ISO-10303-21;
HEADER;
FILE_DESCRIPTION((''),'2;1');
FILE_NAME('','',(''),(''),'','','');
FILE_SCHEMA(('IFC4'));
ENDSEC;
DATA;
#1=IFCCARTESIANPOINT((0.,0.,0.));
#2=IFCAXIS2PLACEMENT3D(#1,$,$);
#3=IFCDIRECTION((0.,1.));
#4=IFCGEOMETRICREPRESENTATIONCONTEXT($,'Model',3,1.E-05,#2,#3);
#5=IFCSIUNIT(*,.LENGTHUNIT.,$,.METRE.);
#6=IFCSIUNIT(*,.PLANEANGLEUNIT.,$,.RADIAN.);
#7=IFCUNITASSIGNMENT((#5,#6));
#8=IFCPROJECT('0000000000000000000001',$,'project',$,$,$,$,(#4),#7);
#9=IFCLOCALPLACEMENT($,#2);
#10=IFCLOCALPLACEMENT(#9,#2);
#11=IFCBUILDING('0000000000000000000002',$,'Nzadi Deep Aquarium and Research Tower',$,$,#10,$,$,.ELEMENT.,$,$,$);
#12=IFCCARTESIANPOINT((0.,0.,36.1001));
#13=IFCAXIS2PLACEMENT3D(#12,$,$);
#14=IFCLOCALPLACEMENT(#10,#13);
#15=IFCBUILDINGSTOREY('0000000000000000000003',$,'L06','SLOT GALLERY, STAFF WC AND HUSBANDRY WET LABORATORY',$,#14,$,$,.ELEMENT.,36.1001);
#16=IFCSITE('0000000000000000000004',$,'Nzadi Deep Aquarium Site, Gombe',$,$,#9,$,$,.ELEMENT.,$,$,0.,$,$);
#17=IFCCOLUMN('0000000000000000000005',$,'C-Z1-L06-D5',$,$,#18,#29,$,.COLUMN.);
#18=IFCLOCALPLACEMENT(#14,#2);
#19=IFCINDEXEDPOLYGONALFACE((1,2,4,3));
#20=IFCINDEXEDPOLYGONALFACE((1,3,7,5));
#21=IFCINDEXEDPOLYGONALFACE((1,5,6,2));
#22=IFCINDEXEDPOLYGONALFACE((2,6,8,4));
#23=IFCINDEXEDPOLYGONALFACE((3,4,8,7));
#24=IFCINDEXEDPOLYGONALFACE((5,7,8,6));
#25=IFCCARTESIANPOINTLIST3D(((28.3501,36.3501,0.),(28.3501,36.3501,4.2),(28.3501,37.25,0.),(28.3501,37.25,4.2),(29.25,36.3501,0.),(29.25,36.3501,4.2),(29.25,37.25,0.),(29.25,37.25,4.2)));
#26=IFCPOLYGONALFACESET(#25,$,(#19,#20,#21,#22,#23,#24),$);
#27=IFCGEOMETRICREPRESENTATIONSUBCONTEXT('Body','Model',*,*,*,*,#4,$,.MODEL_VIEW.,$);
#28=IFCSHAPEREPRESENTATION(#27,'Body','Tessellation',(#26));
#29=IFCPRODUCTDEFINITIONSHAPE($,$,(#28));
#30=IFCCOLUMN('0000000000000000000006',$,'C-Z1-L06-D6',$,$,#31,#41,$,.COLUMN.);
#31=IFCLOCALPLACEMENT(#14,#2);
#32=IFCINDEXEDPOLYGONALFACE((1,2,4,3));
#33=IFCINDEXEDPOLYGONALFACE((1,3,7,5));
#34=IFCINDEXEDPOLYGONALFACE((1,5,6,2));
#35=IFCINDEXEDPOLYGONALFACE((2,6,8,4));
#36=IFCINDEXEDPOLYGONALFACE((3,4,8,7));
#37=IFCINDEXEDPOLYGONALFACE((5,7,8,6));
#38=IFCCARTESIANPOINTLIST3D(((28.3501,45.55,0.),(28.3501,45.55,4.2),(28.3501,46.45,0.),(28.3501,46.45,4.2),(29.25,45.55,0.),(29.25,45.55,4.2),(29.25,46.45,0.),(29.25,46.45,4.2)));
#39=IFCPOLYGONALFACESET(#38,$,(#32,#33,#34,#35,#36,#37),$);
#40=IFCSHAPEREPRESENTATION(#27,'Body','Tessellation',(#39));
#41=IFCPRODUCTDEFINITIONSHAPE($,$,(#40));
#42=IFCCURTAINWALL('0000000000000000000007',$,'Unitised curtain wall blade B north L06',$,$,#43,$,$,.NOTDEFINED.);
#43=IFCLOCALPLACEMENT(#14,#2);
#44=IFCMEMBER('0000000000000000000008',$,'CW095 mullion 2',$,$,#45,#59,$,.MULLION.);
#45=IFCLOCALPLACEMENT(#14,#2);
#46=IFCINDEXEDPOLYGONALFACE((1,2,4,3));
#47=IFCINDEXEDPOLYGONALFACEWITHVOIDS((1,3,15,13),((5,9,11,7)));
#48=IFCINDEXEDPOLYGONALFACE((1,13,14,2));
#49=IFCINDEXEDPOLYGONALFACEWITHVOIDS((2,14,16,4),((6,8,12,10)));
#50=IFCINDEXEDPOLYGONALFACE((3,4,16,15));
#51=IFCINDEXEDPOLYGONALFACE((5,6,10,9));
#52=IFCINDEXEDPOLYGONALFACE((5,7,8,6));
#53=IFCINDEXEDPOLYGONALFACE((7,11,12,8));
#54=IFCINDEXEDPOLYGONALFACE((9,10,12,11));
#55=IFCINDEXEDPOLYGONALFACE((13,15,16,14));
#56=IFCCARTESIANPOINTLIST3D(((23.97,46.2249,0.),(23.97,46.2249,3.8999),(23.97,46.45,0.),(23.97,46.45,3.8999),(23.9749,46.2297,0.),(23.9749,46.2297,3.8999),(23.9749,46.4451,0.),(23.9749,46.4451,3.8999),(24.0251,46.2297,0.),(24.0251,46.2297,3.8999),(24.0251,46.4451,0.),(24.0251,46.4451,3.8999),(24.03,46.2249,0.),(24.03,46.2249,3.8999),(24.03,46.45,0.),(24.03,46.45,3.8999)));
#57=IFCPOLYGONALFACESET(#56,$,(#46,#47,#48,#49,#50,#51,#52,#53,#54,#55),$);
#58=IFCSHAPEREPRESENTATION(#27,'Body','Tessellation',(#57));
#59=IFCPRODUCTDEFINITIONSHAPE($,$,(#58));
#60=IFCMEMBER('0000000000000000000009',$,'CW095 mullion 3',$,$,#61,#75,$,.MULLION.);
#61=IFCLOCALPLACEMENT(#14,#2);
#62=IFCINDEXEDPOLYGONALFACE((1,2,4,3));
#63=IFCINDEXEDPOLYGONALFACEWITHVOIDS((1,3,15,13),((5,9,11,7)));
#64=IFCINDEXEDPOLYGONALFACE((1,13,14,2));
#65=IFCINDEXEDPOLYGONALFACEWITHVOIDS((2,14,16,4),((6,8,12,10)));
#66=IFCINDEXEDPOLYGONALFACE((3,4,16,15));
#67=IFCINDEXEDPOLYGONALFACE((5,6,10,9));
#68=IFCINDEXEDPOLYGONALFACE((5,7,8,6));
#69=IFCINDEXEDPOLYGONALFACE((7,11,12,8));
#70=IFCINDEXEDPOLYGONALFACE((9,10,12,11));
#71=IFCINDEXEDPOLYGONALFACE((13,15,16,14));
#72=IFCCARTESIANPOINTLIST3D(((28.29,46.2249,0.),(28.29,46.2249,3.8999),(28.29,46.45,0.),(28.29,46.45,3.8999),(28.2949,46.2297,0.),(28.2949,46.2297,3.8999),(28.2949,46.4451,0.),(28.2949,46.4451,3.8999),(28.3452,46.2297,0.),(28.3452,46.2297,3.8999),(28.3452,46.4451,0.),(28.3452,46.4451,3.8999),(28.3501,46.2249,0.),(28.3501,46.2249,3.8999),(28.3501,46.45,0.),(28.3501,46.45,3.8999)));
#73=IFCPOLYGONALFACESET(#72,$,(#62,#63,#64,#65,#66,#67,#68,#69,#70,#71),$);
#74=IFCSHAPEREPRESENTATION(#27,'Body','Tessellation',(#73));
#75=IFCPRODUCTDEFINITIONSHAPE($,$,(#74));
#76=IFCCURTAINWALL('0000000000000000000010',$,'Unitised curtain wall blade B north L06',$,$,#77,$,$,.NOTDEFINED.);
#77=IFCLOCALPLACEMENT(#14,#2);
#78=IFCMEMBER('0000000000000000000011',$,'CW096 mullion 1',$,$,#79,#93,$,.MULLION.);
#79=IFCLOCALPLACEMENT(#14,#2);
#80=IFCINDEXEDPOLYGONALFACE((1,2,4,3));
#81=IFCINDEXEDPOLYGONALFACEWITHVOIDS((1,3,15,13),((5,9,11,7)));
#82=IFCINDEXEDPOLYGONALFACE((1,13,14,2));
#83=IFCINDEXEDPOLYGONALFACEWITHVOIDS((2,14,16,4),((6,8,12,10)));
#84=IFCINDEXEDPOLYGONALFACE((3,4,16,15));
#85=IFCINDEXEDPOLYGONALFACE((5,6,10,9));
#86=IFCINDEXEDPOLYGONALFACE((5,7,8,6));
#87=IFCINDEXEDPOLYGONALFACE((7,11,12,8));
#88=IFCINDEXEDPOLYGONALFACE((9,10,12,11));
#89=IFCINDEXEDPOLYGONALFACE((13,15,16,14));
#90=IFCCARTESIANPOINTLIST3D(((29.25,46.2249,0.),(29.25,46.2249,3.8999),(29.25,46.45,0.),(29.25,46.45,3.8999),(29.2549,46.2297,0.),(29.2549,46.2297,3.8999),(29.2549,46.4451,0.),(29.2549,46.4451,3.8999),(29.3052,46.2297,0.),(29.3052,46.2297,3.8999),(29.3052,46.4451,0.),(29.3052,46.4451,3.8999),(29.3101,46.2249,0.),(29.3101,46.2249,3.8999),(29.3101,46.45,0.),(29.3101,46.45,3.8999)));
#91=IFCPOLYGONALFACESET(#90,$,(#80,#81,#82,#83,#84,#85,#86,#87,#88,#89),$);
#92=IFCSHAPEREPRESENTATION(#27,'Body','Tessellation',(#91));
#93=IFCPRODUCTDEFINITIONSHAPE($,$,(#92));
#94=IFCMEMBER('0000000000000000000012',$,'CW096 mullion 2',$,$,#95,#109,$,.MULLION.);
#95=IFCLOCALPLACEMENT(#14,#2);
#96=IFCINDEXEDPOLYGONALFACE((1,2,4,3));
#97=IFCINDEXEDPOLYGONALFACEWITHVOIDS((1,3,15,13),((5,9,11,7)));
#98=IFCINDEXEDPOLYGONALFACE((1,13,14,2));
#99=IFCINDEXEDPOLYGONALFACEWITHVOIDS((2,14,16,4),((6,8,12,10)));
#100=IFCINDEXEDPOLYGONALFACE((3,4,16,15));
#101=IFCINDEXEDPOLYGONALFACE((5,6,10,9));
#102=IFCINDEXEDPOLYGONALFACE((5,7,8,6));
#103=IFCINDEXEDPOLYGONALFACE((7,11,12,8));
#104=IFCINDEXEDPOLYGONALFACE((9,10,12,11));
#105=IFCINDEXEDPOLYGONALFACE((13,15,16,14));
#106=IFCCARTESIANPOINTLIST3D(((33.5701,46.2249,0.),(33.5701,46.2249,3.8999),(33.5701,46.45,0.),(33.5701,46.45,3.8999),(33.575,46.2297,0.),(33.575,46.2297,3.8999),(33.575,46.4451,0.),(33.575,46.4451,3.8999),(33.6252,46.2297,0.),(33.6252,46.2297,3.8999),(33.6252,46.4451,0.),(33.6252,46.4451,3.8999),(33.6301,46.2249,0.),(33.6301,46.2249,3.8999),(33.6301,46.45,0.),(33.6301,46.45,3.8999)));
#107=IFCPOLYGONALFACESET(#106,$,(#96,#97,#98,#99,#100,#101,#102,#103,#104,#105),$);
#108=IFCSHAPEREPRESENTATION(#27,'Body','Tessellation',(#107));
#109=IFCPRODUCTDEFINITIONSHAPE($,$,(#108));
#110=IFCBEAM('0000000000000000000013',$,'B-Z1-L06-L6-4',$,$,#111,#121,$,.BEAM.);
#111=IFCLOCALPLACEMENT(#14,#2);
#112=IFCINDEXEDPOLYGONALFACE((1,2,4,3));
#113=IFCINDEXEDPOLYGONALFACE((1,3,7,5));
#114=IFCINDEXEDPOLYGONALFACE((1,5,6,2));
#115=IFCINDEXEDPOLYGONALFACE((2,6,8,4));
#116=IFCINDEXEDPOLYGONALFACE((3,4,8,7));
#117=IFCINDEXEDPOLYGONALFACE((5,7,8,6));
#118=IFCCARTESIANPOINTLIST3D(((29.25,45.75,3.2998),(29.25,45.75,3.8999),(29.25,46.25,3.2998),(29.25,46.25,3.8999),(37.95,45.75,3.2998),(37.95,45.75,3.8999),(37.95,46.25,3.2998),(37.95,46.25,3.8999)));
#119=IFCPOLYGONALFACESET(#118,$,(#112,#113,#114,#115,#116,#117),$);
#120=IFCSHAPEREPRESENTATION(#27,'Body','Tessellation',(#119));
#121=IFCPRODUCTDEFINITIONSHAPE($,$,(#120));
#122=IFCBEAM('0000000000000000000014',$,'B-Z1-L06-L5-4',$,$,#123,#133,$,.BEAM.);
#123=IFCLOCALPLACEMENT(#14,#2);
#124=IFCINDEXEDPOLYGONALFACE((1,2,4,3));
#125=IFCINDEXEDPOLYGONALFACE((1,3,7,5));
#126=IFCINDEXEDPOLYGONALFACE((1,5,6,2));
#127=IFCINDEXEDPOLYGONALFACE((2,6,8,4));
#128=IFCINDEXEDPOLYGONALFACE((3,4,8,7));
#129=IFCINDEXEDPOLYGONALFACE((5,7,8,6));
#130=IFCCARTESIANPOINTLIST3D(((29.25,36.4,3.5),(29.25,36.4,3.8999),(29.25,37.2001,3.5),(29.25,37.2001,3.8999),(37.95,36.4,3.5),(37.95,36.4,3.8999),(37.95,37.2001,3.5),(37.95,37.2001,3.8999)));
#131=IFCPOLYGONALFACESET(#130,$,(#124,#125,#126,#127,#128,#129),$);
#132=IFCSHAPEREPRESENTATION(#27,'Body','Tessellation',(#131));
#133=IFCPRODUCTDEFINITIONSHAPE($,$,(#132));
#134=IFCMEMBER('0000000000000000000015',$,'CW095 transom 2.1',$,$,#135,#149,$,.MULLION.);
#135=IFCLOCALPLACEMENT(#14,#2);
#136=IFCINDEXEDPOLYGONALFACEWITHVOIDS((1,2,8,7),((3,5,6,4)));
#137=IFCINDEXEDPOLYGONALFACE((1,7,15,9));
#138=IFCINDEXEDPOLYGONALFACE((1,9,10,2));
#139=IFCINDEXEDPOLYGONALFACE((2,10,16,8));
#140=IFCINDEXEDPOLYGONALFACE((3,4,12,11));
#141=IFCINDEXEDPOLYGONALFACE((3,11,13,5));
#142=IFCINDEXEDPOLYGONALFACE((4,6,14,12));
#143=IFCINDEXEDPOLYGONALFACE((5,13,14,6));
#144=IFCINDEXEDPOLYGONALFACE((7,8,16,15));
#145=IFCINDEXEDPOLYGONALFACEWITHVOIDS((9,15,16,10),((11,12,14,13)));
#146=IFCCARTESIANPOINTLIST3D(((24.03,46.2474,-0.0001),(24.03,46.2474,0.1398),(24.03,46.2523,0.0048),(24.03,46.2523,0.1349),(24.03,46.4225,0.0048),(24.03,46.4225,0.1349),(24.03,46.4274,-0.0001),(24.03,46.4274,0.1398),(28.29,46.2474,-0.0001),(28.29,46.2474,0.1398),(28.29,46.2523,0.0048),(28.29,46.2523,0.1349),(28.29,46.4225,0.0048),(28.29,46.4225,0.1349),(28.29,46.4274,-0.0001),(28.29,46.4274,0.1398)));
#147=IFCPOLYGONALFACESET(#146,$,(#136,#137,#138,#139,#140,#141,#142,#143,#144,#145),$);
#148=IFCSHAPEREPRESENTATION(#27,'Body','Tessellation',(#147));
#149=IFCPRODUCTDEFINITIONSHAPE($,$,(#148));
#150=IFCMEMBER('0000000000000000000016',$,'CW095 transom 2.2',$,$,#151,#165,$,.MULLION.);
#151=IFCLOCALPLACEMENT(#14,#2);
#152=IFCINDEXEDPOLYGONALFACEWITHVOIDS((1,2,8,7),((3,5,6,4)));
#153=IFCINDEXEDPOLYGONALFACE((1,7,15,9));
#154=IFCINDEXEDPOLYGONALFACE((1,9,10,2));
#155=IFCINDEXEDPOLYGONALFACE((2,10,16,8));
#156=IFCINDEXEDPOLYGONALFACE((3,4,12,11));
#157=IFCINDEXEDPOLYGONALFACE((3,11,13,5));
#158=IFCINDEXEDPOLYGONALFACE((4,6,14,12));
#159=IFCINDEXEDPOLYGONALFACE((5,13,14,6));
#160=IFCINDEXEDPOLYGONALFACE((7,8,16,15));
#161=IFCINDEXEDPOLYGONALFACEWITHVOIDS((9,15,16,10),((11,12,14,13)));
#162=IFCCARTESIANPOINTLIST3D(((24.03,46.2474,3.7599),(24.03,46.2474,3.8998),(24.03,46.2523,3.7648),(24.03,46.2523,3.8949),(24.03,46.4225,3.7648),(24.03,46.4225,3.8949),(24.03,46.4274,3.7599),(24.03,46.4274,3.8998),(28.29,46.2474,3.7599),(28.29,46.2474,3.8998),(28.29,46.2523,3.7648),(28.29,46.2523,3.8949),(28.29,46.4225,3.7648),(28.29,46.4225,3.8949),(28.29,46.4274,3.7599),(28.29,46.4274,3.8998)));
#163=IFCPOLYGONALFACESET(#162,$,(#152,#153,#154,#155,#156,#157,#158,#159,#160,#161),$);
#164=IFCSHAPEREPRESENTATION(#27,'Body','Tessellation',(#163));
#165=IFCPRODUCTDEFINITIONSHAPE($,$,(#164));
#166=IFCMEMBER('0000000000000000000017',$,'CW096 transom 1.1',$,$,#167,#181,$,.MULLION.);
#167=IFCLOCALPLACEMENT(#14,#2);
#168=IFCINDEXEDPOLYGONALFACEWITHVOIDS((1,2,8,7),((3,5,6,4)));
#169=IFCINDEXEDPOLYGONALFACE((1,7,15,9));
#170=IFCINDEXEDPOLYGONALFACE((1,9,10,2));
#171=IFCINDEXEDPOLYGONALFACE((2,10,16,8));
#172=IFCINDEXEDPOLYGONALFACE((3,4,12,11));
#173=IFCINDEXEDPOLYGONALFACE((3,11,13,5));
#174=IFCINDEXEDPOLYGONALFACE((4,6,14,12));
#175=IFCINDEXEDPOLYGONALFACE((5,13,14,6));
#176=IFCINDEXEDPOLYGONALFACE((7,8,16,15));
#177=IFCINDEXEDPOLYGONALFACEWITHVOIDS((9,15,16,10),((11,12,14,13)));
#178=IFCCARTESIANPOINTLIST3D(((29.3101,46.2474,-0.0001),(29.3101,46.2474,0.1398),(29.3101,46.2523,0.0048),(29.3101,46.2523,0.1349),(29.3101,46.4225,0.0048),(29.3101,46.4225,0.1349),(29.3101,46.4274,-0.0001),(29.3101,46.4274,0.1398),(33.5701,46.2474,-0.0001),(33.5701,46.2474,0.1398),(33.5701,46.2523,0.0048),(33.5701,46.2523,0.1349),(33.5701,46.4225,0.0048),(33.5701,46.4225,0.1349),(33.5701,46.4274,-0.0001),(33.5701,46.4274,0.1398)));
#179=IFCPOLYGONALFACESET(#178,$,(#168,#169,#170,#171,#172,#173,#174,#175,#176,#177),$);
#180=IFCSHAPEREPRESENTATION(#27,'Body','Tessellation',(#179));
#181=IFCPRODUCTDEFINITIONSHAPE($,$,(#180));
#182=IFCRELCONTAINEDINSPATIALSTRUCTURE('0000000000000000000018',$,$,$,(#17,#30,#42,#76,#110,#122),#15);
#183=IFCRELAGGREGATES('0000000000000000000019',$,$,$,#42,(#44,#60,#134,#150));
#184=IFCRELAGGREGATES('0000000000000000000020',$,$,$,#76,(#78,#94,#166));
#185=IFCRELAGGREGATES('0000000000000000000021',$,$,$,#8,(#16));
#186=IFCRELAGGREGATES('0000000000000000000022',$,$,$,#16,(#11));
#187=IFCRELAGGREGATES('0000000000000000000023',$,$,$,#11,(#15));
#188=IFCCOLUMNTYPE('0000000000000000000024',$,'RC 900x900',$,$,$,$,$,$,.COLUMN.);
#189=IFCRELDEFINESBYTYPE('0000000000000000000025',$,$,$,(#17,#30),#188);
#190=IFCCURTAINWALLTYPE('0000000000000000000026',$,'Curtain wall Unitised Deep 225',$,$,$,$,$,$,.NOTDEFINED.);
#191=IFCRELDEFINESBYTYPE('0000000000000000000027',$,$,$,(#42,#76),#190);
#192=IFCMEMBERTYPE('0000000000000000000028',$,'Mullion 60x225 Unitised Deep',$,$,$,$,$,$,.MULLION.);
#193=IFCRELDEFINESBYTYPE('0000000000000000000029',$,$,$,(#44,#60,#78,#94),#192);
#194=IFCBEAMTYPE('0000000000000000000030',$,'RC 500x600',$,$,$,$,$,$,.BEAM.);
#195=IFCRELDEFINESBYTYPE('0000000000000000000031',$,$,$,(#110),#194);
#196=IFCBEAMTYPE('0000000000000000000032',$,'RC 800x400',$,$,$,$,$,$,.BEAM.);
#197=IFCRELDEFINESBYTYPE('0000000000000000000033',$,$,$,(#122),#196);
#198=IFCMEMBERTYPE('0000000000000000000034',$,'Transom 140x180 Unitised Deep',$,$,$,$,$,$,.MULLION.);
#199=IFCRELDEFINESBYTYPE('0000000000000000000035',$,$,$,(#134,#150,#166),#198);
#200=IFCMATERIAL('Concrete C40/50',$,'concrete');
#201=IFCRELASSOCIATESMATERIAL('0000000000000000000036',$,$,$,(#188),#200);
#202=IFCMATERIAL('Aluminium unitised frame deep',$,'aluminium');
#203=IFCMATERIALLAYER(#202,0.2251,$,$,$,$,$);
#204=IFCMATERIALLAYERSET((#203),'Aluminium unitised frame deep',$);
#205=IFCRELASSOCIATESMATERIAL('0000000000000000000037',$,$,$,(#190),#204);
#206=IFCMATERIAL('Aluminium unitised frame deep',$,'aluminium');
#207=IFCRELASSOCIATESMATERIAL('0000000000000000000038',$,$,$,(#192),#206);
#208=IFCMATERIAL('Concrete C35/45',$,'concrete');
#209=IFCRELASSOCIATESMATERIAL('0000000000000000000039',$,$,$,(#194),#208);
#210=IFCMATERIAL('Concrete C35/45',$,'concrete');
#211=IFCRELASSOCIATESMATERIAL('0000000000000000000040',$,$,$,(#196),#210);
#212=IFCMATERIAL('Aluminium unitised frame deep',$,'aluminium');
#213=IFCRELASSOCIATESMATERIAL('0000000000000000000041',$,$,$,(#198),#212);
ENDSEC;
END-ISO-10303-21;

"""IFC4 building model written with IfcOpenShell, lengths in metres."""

from ifc_helpers import new_model, si_unit, direction, frame, origin, origin_2d, place, context, subcontext, project, spatial, rectangle, hollow_rectangle, extrude, material, layer, layer_set, material_profile, profile_set, type_object, element, aggregate, save


model = new_model("IFC4")

# Units and contexts
model_context = context("Model", 3, precision=1e-05, world=origin(), true_north=direction((0.0, 1.0)))
body_context = subcontext(model_context, "Body", "Model", "MODEL_VIEW")
ifc_project = project(units=[si_unit("LENGTHUNIT", "METRE"), si_unit("PLANEANGLEUNIT", "RADIAN")], contexts=[model_context])

# Site, building, storey
site_placement = place(None, origin())
site = spatial("IfcSite", under=ifc_project, at=site_placement, Name="Nzadi Deep Aquarium Site, Gombe", CompositionType="ELEMENT", RefElevation=0.0)
building_placement = place(site_placement, origin())
building = spatial("IfcBuilding", under=site, at=building_placement, Name="Nzadi Deep Aquarium and Research Tower", CompositionType="ELEMENT")
storey_placement = place(building_placement, frame((0.0, 0.0, 36.1001)))
storey = spatial("IfcBuildingStorey", under=building, at=storey_placement, Name="L06", Description="SLOT GALLERY, STAFF WC AND HUSBANDRY WET LABORATORY", CompositionType="ELEMENT", Elevation=36.1001)

# Columns
ifc_material_1 = material(Name="Concrete C40/50", Category="concrete")
ifc_material_profile_1 = material_profile(ifc_material_1, rectangle(XDim=0.8999, YDim=0.8999, at=origin_2d()))
ifc_profile_set_1 = profile_set([ifc_material_profile_1], Name="Concrete C40/50")
column_type = type_object("IfcColumnType", Name="RC 900x900", PredefinedType="COLUMN", material=ifc_profile_set_1)
for number, where, z_axis, x_axis, name in (
    (1, (28.8, 36.8, 0.0), (0.0, 0.0, 1.0), (1.0, 0.0, 0.0), "C-Z1-L06-D5"),
    (2, (28.8, 46.0, 0.0), (0.0, 0.0, 1.0), (1.0, 0.0, 0.0), "C-Z1-L06-D6"),
):
    element("IfcColumn", number, at=place(storey_placement, frame(where, z_axis=z_axis, x_axis=x_axis)), inside=storey, type_object=column_type, Name=name, PredefinedType="COLUMN", context=body_context, shape_type="SweptSolid", body=[
        extrude(rectangle(XDim=0.8999, YDim=0.8999, at=origin_2d()), origin(), (0.0, 0.0, 1.0), 4.2),
    ])

# Curtain walls, members
ifc_material_2 = material(Name="Aluminium unitised frame deep", Category="aluminium")
ifc_layer_1 = layer(ifc_material_2, 0.2251)
ifc_layer_set_1 = layer_set([ifc_layer_1], Name="Aluminium unitised frame deep")
curtain_wall_type = type_object("IfcCurtainWallType", Name="Curtain wall Unitised Deep 225", PredefinedType="NOTDEFINED", material=ifc_layer_set_1)
curtain_wall_1_placement = place(storey_placement, origin())
curtain_wall_1 = element("IfcCurtainWall", 3, at=curtain_wall_1_placement, inside=storey, type_object=curtain_wall_type, Name="Unitised curtain wall blade B north L06", PredefinedType="NOTDEFINED")
ifc_material_3 = material(Name="Aluminium unitised frame deep", Category="aluminium")
ifc_material_profile_2 = material_profile(ifc_material_3, hollow_rectangle(XDim=0.2251, YDim=0.0601, WallThickness=0.0049, at=origin_2d()))
ifc_profile_set_2 = profile_set([ifc_material_profile_2], Name="Aluminium unitised frame deep")
member_type_1 = type_object("IfcMemberType", Name="Mullion 60x225 Unitised Deep", PredefinedType="MULLION", material=ifc_profile_set_2)
member_1_placement = place(storey_placement, frame((24.0, 46.3374, 0.0), z_axis=(0.0, 0.0, 1.0), x_axis=(0.0, 1.0, 0.0)))
member_1 = element("IfcMember", 4, at=member_1_placement, type_object=member_type_1, Name="CW095 mullion 2", PredefinedType="MULLION", context=body_context, shape_type="SweptSolid", body=[
    extrude(hollow_rectangle(XDim=0.2251, YDim=0.0601, WallThickness=0.0049, at=origin_2d()), origin(), (0.0, 0.0, 1.0), 3.8999),
])
member_2_placement = place(storey_placement, frame((28.3201, 46.3374, 0.0), z_axis=(0.0, 0.0, 1.0), x_axis=(0.0, 1.0, 0.0)))
member_2 = element("IfcMember", 5, at=member_2_placement, type_object=member_type_1, Name="CW095 mullion 3", PredefinedType="MULLION", context=body_context, shape_type="SweptSolid", body=[
    extrude(hollow_rectangle(XDim=0.2251, YDim=0.0601, WallThickness=0.0049, at=origin_2d()), origin(), (0.0, 0.0, 1.0), 3.8999),
])
curtain_wall_2_placement = place(storey_placement, origin())
curtain_wall_2 = element("IfcCurtainWall", 6, at=curtain_wall_2_placement, inside=storey, type_object=curtain_wall_type, Name="Unitised curtain wall blade B north L06", PredefinedType="NOTDEFINED")
member_3_placement = place(storey_placement, frame((29.28, 46.3374, 0.0), z_axis=(0.0, 0.0, 1.0), x_axis=(0.0, 1.0, 0.0)))
member_3 = element("IfcMember", 7, at=member_3_placement, type_object=member_type_1, Name="CW096 mullion 1", PredefinedType="MULLION", context=body_context, shape_type="SweptSolid", body=[
    extrude(hollow_rectangle(XDim=0.2251, YDim=0.0601, WallThickness=0.0049, at=origin_2d()), origin(), (0.0, 0.0, 1.0), 3.8999),
])
member_4_placement = place(storey_placement, frame((33.6001, 46.3374, 0.0), z_axis=(0.0, 0.0, 1.0), x_axis=(0.0, 1.0, 0.0)))
member_4 = element("IfcMember", 8, at=member_4_placement, type_object=member_type_1, Name="CW096 mullion 2", PredefinedType="MULLION", context=body_context, shape_type="SweptSolid", body=[
    extrude(hollow_rectangle(XDim=0.2251, YDim=0.0601, WallThickness=0.0049, at=origin_2d()), origin(), (0.0, 0.0, 1.0), 3.8999),
])

# Beams
ifc_material_4 = material(Name="Concrete C35/45", Category="concrete")
ifc_material_profile_3 = material_profile(ifc_material_4, rectangle(XDim=0.5, YDim=0.6001, at=origin_2d()))
ifc_profile_set_3 = profile_set([ifc_material_profile_3], Name="Concrete C35/45")
beam_type_1 = type_object("IfcBeamType", Name="RC 500x600", PredefinedType="BEAM", material=ifc_profile_set_3)
beam_1_placement = place(storey_placement, frame((29.25, 46.0, 3.5999), z_axis=(1.0, 0.0, 0.0), x_axis=(0.0, 1.0, 0.0)))
element("IfcBeam", 9, at=beam_1_placement, inside=storey, type_object=beam_type_1, Name="B-Z1-L06-L6-4", PredefinedType="BEAM", context=body_context, shape_type="SweptSolid", body=[
    extrude(rectangle(XDim=0.5, YDim=0.6001, at=origin_2d()), origin(), (0.0, 0.0, 1.0), 8.7),
])
ifc_material_5 = material(Name="Concrete C35/45", Category="concrete")
ifc_material_profile_4 = material_profile(ifc_material_5, rectangle(XDim=0.8, YDim=0.3999, at=origin_2d()))
ifc_profile_set_4 = profile_set([ifc_material_profile_4], Name="Concrete C35/45")
beam_type_2 = type_object("IfcBeamType", Name="RC 800x400", PredefinedType="BEAM", material=ifc_profile_set_4)
beam_2_placement = place(storey_placement, frame((29.25, 36.8, 3.7), z_axis=(1.0, 0.0, 0.0), x_axis=(0.0, 1.0, 0.0)))
element("IfcBeam", 10, at=beam_2_placement, inside=storey, type_object=beam_type_2, Name="B-Z1-L06-L5-4", PredefinedType="BEAM", context=body_context, shape_type="SweptSolid", body=[
    extrude(rectangle(XDim=0.8, YDim=0.3999, at=origin_2d()), origin(), (0.0, 0.0, 1.0), 8.7),
])

# Members
ifc_material_6 = material(Name="Aluminium unitised frame deep", Category="aluminium")
ifc_material_profile_5 = material_profile(ifc_material_6, hollow_rectangle(XDim=0.1799, YDim=0.1399, WallThickness=0.0049, at=origin_2d()))
ifc_profile_set_5 = profile_set([ifc_material_profile_5], Name="Aluminium unitised frame deep")
member_type_2 = type_object("IfcMemberType", Name="Transom 140x180 Unitised Deep", PredefinedType="MULLION", material=ifc_profile_set_5)
member_5_placement = place(storey_placement, frame((24.03, 46.3374, 0.0698), z_axis=(1.0, 0.0, 0.0), x_axis=(0.0, 1.0, 0.0)))
member_5 = element("IfcMember", 11, at=member_5_placement, type_object=member_type_2, Name="CW095 transom 2.1", PredefinedType="MULLION", context=body_context, shape_type="SweptSolid", body=[
    extrude(hollow_rectangle(XDim=0.1799, YDim=0.1399, WallThickness=0.0049, at=origin_2d()), origin(), (0.0, 0.0, 1.0), 4.26),
])
member_6_placement = place(storey_placement, frame((24.03, 46.3374, 3.8298), z_axis=(1.0, 0.0, 0.0), x_axis=(0.0, 1.0, 0.0)))
member_6 = element("IfcMember", 12, at=member_6_placement, type_object=member_type_2, Name="CW095 transom 2.2", PredefinedType="MULLION", context=body_context, shape_type="SweptSolid", body=[
    extrude(hollow_rectangle(XDim=0.1799, YDim=0.1399, WallThickness=0.0049, at=origin_2d()), origin(), (0.0, 0.0, 1.0), 4.26),
])
member_7_placement = place(storey_placement, frame((29.3101, 46.3374, 0.0698), z_axis=(1.0, 0.0, 0.0), x_axis=(0.0, 1.0, 0.0)))
member_7 = element("IfcMember", 13, at=member_7_placement, type_object=member_type_2, Name="CW096 transom 1.1", PredefinedType="MULLION", context=body_context, shape_type="SweptSolid", body=[
    extrude(hollow_rectangle(XDim=0.1799, YDim=0.1399, WallThickness=0.0049, at=origin_2d()), origin(), (0.0, 0.0, 1.0), 4.26),
])

aggregate(curtain_wall_1, [member_1, member_2, member_5, member_6])
aggregate(curtain_wall_2, [member_3, member_4, member_7])

save(model, "model.ifc")
